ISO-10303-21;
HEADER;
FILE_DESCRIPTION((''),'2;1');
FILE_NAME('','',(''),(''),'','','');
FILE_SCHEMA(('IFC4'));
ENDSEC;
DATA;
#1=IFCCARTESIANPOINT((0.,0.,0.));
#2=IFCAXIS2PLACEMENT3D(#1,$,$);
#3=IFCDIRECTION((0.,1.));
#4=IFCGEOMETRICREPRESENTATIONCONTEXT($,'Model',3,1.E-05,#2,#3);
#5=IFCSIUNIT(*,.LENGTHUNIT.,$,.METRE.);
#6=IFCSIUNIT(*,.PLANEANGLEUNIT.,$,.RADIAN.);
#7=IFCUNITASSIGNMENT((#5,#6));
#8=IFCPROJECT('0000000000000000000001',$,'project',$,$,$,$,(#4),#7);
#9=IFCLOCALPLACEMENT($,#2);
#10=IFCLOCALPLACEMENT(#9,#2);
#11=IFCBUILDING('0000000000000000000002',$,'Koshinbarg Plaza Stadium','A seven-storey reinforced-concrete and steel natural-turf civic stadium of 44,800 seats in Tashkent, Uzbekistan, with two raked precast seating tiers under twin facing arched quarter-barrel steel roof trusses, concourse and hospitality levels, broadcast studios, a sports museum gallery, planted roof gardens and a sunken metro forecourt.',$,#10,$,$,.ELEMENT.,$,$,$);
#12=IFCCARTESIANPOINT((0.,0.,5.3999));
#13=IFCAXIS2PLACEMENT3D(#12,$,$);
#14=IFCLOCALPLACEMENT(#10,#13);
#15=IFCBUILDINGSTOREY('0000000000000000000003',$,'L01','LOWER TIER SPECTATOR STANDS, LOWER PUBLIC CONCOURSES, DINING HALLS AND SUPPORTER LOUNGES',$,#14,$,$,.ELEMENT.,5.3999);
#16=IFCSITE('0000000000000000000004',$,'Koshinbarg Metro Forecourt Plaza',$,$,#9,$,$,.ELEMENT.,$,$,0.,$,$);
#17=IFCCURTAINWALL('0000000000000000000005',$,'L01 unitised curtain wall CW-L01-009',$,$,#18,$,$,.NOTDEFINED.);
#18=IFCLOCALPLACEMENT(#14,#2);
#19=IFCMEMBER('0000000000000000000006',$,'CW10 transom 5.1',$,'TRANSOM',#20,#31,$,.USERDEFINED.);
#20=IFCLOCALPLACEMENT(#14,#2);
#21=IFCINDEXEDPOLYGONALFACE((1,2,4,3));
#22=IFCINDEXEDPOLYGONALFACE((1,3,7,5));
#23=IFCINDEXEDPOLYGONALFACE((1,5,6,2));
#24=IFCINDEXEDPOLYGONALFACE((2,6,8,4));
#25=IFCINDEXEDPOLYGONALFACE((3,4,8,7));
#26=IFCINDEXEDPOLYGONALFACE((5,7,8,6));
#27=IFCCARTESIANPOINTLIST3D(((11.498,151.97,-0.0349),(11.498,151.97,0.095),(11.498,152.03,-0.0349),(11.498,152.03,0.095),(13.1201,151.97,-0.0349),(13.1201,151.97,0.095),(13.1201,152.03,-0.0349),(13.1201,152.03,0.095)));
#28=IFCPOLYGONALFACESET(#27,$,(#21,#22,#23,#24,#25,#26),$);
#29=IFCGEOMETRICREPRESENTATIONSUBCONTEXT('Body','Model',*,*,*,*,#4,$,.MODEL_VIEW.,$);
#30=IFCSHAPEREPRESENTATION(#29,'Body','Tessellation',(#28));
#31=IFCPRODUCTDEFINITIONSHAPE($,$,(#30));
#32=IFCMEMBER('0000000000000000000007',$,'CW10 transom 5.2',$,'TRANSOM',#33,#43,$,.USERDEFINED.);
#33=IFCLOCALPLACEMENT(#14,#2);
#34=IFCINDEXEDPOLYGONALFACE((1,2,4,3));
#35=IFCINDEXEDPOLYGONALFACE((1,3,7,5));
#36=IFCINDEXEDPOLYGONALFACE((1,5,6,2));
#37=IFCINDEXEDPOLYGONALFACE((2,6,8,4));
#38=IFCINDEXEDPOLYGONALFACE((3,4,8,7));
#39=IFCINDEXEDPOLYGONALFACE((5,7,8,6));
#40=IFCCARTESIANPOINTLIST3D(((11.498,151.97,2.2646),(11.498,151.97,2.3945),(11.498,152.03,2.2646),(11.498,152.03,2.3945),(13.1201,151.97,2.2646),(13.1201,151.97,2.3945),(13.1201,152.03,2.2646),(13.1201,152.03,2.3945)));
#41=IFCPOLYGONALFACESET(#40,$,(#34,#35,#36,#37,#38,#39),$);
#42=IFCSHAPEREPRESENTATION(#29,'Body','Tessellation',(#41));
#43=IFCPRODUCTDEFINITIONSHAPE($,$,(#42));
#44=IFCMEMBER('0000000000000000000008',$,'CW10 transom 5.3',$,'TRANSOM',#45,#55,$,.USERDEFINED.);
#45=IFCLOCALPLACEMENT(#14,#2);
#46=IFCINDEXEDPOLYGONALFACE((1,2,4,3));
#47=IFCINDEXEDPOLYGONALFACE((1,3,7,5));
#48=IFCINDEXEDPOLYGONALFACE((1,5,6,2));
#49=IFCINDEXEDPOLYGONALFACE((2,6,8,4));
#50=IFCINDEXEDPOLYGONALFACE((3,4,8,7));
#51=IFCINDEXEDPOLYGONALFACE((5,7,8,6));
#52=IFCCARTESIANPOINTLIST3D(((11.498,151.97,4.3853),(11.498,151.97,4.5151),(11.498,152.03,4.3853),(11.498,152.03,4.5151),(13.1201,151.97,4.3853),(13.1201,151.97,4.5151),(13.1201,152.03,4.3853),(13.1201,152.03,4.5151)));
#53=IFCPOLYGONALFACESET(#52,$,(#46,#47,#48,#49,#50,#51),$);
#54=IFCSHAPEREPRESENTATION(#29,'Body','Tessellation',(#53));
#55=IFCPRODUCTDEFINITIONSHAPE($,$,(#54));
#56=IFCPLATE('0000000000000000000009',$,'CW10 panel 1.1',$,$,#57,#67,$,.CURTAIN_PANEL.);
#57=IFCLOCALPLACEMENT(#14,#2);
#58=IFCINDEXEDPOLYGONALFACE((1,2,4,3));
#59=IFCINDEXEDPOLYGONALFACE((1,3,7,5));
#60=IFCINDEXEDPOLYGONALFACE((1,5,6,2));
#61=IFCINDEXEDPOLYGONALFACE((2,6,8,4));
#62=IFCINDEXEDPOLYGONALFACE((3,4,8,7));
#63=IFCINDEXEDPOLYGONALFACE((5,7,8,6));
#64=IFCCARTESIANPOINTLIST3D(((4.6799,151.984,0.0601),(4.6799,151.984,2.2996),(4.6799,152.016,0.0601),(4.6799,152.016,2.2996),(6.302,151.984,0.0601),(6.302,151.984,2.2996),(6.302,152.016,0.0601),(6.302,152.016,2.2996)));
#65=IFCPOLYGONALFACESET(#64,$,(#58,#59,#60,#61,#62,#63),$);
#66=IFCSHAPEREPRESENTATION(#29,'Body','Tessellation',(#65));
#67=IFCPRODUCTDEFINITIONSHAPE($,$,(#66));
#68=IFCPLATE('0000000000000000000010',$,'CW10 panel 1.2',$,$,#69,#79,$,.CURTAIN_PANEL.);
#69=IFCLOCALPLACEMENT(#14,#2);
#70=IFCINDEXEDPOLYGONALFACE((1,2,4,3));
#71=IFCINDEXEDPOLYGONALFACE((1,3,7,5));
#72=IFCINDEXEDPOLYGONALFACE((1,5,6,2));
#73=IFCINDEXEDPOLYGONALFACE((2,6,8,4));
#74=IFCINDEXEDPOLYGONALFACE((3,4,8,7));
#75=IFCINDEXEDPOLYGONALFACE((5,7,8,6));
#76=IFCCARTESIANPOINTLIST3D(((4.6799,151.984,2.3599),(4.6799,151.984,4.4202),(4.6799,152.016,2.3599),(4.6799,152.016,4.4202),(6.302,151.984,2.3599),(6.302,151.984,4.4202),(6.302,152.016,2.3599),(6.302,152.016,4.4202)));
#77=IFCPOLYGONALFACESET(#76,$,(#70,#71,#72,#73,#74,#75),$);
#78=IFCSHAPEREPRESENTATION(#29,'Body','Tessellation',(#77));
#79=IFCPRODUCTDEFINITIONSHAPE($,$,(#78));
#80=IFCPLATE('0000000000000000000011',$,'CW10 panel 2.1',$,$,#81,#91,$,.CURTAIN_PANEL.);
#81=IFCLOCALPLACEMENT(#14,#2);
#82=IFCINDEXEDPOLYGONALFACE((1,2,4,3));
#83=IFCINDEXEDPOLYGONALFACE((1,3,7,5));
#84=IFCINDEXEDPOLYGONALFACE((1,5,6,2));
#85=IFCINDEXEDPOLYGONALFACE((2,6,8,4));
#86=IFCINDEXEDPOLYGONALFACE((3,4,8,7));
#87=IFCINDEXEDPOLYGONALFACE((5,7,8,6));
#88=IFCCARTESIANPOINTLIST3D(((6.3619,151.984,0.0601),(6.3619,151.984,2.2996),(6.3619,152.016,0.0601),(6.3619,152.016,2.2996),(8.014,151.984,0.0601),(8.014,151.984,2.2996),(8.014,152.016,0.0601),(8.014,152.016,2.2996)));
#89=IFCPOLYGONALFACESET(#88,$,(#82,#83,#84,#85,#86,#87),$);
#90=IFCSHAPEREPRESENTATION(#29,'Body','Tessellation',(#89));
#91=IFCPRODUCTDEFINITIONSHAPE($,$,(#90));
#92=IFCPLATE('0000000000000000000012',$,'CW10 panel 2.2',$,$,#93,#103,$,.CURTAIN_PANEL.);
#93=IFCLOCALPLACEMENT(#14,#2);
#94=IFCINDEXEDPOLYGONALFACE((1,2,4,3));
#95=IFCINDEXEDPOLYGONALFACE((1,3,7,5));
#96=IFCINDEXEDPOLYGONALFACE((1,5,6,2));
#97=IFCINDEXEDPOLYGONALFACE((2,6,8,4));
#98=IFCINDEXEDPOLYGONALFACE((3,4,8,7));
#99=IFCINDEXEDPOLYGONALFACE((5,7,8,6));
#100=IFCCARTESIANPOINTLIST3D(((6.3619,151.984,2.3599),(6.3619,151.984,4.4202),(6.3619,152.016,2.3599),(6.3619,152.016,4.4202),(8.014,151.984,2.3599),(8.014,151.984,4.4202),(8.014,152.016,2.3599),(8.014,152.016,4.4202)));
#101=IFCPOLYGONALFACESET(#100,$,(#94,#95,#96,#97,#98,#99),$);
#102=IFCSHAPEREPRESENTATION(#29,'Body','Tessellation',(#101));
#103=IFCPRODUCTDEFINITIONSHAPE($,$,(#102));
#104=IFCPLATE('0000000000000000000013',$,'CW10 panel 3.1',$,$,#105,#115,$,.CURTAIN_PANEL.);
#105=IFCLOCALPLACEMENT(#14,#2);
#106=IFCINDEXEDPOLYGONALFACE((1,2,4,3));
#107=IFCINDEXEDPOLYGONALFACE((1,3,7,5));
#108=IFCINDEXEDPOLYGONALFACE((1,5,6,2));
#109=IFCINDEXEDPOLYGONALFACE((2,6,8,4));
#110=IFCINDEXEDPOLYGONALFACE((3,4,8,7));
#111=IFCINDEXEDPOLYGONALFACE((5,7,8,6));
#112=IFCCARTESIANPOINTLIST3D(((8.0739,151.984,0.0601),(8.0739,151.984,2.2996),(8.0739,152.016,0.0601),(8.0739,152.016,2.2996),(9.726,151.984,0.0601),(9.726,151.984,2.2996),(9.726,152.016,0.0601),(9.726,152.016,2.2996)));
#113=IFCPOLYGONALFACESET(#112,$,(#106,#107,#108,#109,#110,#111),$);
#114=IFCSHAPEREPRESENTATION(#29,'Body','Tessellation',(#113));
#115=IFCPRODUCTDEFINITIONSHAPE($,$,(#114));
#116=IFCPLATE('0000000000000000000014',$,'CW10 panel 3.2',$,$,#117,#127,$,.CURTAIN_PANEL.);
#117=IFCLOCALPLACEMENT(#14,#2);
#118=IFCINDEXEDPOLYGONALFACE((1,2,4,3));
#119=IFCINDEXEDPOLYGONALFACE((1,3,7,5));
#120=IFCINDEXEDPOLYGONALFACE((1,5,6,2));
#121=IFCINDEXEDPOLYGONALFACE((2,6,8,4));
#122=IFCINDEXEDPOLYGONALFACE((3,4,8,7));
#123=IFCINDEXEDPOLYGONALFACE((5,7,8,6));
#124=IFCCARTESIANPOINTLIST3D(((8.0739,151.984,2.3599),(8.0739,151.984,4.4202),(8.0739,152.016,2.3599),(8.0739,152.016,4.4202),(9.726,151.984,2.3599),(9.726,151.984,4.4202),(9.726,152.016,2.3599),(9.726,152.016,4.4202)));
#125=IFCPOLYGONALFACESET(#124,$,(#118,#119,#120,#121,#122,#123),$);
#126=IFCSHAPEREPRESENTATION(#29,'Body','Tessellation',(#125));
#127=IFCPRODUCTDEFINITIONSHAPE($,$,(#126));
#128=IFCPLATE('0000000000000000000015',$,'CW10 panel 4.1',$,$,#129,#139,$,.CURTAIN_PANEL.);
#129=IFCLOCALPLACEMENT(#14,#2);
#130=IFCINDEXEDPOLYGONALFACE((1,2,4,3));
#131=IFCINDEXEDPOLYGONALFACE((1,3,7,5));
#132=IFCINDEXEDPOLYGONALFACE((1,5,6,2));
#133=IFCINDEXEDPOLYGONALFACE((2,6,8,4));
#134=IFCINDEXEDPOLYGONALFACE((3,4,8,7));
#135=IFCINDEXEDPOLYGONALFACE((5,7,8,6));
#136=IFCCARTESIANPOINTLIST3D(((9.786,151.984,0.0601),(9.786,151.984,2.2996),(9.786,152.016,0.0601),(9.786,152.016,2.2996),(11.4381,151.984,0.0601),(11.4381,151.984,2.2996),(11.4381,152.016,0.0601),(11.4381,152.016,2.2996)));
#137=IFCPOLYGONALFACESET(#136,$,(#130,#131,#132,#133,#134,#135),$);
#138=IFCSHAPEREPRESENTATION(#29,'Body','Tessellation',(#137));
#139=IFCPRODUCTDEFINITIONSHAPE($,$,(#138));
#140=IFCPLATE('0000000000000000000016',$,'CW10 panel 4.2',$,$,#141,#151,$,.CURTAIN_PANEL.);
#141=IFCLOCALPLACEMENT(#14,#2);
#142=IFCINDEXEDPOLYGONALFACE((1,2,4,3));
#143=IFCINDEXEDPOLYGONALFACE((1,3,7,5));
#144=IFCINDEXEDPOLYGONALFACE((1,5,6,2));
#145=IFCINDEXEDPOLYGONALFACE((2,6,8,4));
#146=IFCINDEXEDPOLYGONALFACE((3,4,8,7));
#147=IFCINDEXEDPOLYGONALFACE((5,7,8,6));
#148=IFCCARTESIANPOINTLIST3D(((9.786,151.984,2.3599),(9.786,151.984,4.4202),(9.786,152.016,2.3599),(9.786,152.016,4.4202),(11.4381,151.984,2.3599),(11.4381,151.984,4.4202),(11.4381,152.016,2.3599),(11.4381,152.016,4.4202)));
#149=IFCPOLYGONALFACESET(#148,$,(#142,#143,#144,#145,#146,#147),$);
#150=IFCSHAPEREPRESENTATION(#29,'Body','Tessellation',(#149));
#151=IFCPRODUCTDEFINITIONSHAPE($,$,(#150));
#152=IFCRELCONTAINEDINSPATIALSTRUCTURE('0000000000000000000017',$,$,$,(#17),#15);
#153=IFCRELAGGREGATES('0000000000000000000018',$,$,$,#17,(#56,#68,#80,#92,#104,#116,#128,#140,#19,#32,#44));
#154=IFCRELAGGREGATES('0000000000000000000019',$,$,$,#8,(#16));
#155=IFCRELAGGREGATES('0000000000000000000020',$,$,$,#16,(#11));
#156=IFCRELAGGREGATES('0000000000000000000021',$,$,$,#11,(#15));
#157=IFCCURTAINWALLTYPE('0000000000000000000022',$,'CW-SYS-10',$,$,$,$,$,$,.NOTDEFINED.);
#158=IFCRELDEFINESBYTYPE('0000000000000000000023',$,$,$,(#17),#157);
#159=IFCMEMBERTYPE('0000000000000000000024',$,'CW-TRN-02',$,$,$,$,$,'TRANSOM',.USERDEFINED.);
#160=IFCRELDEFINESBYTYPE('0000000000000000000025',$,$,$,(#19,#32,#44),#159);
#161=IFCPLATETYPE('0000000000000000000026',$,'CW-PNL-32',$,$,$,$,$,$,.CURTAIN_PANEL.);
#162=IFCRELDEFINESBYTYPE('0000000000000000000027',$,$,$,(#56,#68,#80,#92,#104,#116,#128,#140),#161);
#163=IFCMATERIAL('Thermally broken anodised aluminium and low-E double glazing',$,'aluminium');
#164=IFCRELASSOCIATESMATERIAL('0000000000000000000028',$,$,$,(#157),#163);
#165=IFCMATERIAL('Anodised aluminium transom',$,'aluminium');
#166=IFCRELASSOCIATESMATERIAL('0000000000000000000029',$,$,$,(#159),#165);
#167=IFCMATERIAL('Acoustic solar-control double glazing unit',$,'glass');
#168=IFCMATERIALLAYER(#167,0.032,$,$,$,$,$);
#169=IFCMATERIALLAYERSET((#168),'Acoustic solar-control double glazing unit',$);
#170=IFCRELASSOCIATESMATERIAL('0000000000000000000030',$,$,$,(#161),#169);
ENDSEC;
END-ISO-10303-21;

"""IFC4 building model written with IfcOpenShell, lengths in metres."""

from ifc_helpers import new_model, si_unit, direction, frame, origin, origin_2d, place, context, subcontext, project, spatial, rectangle, extrude, material, layer, layer_set, material_profile, profile_set, type_object, element, aggregate, save


model = new_model("IFC4")

# Units and contexts
model_context = context("Model", 3, precision=1e-05, world=origin(), true_north=direction((0.0, 1.0)))
body_context = subcontext(model_context, "Body", "Model", "MODEL_VIEW")
ifc_project = project(units=[si_unit("LENGTHUNIT", "METRE"), si_unit("PLANEANGLEUNIT", "RADIAN")], contexts=[model_context])

# Site, building, storey
site_placement = place(None, origin())
site = spatial("IfcSite", under=ifc_project, at=site_placement, Name="Koshinbarg Metro Forecourt Plaza", CompositionType="ELEMENT", RefElevation=0.0)
building_placement = place(site_placement, origin())
building = spatial("IfcBuilding", under=site, at=building_placement, Name="Koshinbarg Plaza Stadium", Description="A seven-storey reinforced-concrete and steel natural-turf civic stadium of 44,800 seats in Tashkent, Uzbekistan, with two raked precast seating tiers under twin facing arched quarter-barrel steel roof trusses, concourse and hospitality levels, broadcast studios, a sports museum gallery, planted roof gardens and a sunken metro forecourt.", CompositionType="ELEMENT")
storey_placement = place(building_placement, frame((0.0, 0.0, 5.3999)))
storey = spatial("IfcBuildingStorey", under=building, at=storey_placement, Name="L01", Description="LOWER TIER SPECTATOR STANDS, LOWER PUBLIC CONCOURSES, DINING HALLS AND SUPPORTER LOUNGES", CompositionType="ELEMENT", Elevation=5.3999)

# Curtain wall, members, plates
ifc_material_1 = material(Name="Thermally broken anodised aluminium and low-E double glazing", Category="aluminium")
curtain_wall_type = type_object("IfcCurtainWallType", Name="CW-SYS-10", PredefinedType="NOTDEFINED", material=ifc_material_1)
curtain_wall_placement = place(storey_placement, origin())
curtain_wall = element("IfcCurtainWall", 1, at=curtain_wall_placement, inside=storey, type_object=curtain_wall_type, Name="L01 unitised curtain wall CW-L01-009", PredefinedType="NOTDEFINED")
ifc_material_2 = material(Name="Anodised aluminium transom", Category="aluminium")
ifc_material_profile_1 = material_profile(ifc_material_2, rectangle(XDim=0.0601, YDim=0.1299, at=origin_2d()), Name="ALU 60x130")
ifc_profile_set_1 = profile_set([ifc_material_profile_1], Name="Anodised aluminium transom")
member_type_1 = type_object("IfcMemberType", Name="CW-TRN-02", ElementType="TRANSOM", PredefinedType="USERDEFINED", material=ifc_profile_set_1)
member_1_placement = place(storey_placement, frame((11.498, 152.0, 0.03), z_axis=(1.0, 0.0, 0.0), x_axis=(0.0, 1.0, 0.0)))
member_1 = element("IfcMember", 2, at=member_1_placement, type_object=member_type_1, Name="CW10 transom 5.1", ObjectType="TRANSOM", PredefinedType="USERDEFINED", context=body_context, shape_type="SweptSolid", body=[
    extrude(rectangle(XDim=0.0601, YDim=0.1299, at=origin_2d()), origin(), (0.0, 0.0, 1.0), 1.6221),
])
member_2_placement = place(storey_placement, frame((11.498, 152.0, 2.3296), z_axis=(1.0, 0.0, 0.0), x_axis=(0.0, 1.0, 0.0)))
member_2 = element("IfcMember", 3, at=member_2_placement, type_object=member_type_1, Name="CW10 transom 5.2", ObjectType="TRANSOM", PredefinedType="USERDEFINED", context=body_context, shape_type="SweptSolid", body=[
    extrude(rectangle(XDim=0.0601, YDim=0.1299, at=origin_2d()), origin(), (0.0, 0.0, 1.0), 1.6221),
])
member_3_placement = place(storey_placement, frame((11.498, 152.0, 4.4502), z_axis=(1.0, 0.0, 0.0), x_axis=(0.0, 1.0, 0.0)))
member_3 = element("IfcMember", 4, at=member_3_placement, type_object=member_type_1, Name="CW10 transom 5.3", ObjectType="TRANSOM", PredefinedType="USERDEFINED", context=body_context, shape_type="SweptSolid", body=[
    extrude(rectangle(XDim=0.0601, YDim=0.1299, at=origin_2d()), origin(), (0.0, 0.0, 1.0), 1.6221),
])
ifc_material_3 = material(Name="Acoustic solar-control double glazing unit", Category="glass")
ifc_layer = layer(ifc_material_3, 0.032)
ifc_layer_set = layer_set([ifc_layer], Name="Acoustic solar-control double glazing unit")
plate_type = type_object("IfcPlateType", Name="CW-PNL-32", PredefinedType="CURTAIN_PANEL", material=ifc_layer_set)
plate_1_placement = place(storey_placement, frame((5.491, 152.0, 0.0601), z_axis=(0.0, 0.0, 1.0), x_axis=(1.0, 0.0, 0.0)))
plate_1 = element("IfcPlate", 5, at=plate_1_placement, type_object=plate_type, Name="CW10 panel 1.1", PredefinedType="CURTAIN_PANEL", context=body_context, shape_type="SweptSolid", body=[
    extrude(rectangle(XDim=1.6221, YDim=0.032, at=origin_2d()), origin(), (0.0, 0.0, 1.0), 2.2395),
])
plate_2_placement = place(storey_placement, frame((5.491, 152.0, 2.3599), z_axis=(0.0, 0.0, 1.0), x_axis=(1.0, 0.0, 0.0)))
plate_2 = element("IfcPlate", 6, at=plate_2_placement, type_object=plate_type, Name="CW10 panel 1.2", PredefinedType="CURTAIN_PANEL", context=body_context, shape_type="SweptSolid", body=[
    extrude(rectangle(XDim=1.6221, YDim=0.032, at=origin_2d()), origin(), (0.0, 0.0, 1.0), 2.0603),
])
plate_3_placement = place(storey_placement, frame((7.188, 152.0, 0.0601), z_axis=(0.0, 0.0, 1.0), x_axis=(1.0, 0.0, 0.0)))
plate_3 = element("IfcPlate", 7, at=plate_3_placement, type_object=plate_type, Name="CW10 panel 2.1", PredefinedType="CURTAIN_PANEL", context=body_context, shape_type="SweptSolid", body=[
    extrude(rectangle(XDim=1.6521, YDim=0.032, at=origin_2d()), origin(), (0.0, 0.0, 1.0), 2.2395),
])
plate_4_placement = place(storey_placement, frame((7.188, 152.0, 2.3599), z_axis=(0.0, 0.0, 1.0), x_axis=(1.0, 0.0, 0.0)))
plate_4 = element("IfcPlate", 8, at=plate_4_placement, type_object=plate_type, Name="CW10 panel 2.2", PredefinedType="CURTAIN_PANEL", context=body_context, shape_type="SweptSolid", body=[
    extrude(rectangle(XDim=1.6521, YDim=0.032, at=origin_2d()), origin(), (0.0, 0.0, 1.0), 2.0603),
])
plate_5_placement = place(storey_placement, frame((8.8999, 152.0, 0.0601), z_axis=(0.0, 0.0, 1.0), x_axis=(1.0, 0.0, 0.0)))
plate_5 = element("IfcPlate", 9, at=plate_5_placement, type_object=plate_type, Name="CW10 panel 3.1", PredefinedType="CURTAIN_PANEL", context=body_context, shape_type="SweptSolid", body=[
    extrude(rectangle(XDim=1.6521, YDim=0.032, at=origin_2d()), origin(), (0.0, 0.0, 1.0), 2.2395),
])
plate_6_placement = place(storey_placement, frame((8.8999, 152.0, 2.3599), z_axis=(0.0, 0.0, 1.0), x_axis=(1.0, 0.0, 0.0)))
plate_6 = element("IfcPlate", 10, at=plate_6_placement, type_object=plate_type, Name="CW10 panel 3.2", PredefinedType="CURTAIN_PANEL", context=body_context, shape_type="SweptSolid", body=[
    extrude(rectangle(XDim=1.6521, YDim=0.032, at=origin_2d()), origin(), (0.0, 0.0, 1.0), 2.0603),
])
plate_7_placement = place(storey_placement, frame((10.6121, 152.0, 0.0601), z_axis=(0.0, 0.0, 1.0), x_axis=(1.0, 0.0, 0.0)))
plate_7 = element("IfcPlate", 11, at=plate_7_placement, type_object=plate_type, Name="CW10 panel 4.1", PredefinedType="CURTAIN_PANEL", context=body_context, shape_type="SweptSolid", body=[
    extrude(rectangle(XDim=1.6521, YDim=0.032, at=origin_2d()), origin(), (0.0, 0.0, 1.0), 2.2395),
])
plate_8_placement = place(storey_placement, frame((10.6121, 152.0, 2.3599), z_axis=(0.0, 0.0, 1.0), x_axis=(1.0, 0.0, 0.0)))
plate_8 = element("IfcPlate", 12, at=plate_8_placement, type_object=plate_type, Name="CW10 panel 4.2", PredefinedType="CURTAIN_PANEL", context=body_context, shape_type="SweptSolid", body=[
    extrude(rectangle(XDim=1.6521, YDim=0.032, at=origin_2d()), origin(), (0.0, 0.0, 1.0), 2.0603),
])
aggregate(curtain_wall, [plate_1, plate_2, plate_3, plate_4, plate_5, plate_6, plate_7, plate_8, member_1, member_2, member_3])

save(model, "model.ifc")
